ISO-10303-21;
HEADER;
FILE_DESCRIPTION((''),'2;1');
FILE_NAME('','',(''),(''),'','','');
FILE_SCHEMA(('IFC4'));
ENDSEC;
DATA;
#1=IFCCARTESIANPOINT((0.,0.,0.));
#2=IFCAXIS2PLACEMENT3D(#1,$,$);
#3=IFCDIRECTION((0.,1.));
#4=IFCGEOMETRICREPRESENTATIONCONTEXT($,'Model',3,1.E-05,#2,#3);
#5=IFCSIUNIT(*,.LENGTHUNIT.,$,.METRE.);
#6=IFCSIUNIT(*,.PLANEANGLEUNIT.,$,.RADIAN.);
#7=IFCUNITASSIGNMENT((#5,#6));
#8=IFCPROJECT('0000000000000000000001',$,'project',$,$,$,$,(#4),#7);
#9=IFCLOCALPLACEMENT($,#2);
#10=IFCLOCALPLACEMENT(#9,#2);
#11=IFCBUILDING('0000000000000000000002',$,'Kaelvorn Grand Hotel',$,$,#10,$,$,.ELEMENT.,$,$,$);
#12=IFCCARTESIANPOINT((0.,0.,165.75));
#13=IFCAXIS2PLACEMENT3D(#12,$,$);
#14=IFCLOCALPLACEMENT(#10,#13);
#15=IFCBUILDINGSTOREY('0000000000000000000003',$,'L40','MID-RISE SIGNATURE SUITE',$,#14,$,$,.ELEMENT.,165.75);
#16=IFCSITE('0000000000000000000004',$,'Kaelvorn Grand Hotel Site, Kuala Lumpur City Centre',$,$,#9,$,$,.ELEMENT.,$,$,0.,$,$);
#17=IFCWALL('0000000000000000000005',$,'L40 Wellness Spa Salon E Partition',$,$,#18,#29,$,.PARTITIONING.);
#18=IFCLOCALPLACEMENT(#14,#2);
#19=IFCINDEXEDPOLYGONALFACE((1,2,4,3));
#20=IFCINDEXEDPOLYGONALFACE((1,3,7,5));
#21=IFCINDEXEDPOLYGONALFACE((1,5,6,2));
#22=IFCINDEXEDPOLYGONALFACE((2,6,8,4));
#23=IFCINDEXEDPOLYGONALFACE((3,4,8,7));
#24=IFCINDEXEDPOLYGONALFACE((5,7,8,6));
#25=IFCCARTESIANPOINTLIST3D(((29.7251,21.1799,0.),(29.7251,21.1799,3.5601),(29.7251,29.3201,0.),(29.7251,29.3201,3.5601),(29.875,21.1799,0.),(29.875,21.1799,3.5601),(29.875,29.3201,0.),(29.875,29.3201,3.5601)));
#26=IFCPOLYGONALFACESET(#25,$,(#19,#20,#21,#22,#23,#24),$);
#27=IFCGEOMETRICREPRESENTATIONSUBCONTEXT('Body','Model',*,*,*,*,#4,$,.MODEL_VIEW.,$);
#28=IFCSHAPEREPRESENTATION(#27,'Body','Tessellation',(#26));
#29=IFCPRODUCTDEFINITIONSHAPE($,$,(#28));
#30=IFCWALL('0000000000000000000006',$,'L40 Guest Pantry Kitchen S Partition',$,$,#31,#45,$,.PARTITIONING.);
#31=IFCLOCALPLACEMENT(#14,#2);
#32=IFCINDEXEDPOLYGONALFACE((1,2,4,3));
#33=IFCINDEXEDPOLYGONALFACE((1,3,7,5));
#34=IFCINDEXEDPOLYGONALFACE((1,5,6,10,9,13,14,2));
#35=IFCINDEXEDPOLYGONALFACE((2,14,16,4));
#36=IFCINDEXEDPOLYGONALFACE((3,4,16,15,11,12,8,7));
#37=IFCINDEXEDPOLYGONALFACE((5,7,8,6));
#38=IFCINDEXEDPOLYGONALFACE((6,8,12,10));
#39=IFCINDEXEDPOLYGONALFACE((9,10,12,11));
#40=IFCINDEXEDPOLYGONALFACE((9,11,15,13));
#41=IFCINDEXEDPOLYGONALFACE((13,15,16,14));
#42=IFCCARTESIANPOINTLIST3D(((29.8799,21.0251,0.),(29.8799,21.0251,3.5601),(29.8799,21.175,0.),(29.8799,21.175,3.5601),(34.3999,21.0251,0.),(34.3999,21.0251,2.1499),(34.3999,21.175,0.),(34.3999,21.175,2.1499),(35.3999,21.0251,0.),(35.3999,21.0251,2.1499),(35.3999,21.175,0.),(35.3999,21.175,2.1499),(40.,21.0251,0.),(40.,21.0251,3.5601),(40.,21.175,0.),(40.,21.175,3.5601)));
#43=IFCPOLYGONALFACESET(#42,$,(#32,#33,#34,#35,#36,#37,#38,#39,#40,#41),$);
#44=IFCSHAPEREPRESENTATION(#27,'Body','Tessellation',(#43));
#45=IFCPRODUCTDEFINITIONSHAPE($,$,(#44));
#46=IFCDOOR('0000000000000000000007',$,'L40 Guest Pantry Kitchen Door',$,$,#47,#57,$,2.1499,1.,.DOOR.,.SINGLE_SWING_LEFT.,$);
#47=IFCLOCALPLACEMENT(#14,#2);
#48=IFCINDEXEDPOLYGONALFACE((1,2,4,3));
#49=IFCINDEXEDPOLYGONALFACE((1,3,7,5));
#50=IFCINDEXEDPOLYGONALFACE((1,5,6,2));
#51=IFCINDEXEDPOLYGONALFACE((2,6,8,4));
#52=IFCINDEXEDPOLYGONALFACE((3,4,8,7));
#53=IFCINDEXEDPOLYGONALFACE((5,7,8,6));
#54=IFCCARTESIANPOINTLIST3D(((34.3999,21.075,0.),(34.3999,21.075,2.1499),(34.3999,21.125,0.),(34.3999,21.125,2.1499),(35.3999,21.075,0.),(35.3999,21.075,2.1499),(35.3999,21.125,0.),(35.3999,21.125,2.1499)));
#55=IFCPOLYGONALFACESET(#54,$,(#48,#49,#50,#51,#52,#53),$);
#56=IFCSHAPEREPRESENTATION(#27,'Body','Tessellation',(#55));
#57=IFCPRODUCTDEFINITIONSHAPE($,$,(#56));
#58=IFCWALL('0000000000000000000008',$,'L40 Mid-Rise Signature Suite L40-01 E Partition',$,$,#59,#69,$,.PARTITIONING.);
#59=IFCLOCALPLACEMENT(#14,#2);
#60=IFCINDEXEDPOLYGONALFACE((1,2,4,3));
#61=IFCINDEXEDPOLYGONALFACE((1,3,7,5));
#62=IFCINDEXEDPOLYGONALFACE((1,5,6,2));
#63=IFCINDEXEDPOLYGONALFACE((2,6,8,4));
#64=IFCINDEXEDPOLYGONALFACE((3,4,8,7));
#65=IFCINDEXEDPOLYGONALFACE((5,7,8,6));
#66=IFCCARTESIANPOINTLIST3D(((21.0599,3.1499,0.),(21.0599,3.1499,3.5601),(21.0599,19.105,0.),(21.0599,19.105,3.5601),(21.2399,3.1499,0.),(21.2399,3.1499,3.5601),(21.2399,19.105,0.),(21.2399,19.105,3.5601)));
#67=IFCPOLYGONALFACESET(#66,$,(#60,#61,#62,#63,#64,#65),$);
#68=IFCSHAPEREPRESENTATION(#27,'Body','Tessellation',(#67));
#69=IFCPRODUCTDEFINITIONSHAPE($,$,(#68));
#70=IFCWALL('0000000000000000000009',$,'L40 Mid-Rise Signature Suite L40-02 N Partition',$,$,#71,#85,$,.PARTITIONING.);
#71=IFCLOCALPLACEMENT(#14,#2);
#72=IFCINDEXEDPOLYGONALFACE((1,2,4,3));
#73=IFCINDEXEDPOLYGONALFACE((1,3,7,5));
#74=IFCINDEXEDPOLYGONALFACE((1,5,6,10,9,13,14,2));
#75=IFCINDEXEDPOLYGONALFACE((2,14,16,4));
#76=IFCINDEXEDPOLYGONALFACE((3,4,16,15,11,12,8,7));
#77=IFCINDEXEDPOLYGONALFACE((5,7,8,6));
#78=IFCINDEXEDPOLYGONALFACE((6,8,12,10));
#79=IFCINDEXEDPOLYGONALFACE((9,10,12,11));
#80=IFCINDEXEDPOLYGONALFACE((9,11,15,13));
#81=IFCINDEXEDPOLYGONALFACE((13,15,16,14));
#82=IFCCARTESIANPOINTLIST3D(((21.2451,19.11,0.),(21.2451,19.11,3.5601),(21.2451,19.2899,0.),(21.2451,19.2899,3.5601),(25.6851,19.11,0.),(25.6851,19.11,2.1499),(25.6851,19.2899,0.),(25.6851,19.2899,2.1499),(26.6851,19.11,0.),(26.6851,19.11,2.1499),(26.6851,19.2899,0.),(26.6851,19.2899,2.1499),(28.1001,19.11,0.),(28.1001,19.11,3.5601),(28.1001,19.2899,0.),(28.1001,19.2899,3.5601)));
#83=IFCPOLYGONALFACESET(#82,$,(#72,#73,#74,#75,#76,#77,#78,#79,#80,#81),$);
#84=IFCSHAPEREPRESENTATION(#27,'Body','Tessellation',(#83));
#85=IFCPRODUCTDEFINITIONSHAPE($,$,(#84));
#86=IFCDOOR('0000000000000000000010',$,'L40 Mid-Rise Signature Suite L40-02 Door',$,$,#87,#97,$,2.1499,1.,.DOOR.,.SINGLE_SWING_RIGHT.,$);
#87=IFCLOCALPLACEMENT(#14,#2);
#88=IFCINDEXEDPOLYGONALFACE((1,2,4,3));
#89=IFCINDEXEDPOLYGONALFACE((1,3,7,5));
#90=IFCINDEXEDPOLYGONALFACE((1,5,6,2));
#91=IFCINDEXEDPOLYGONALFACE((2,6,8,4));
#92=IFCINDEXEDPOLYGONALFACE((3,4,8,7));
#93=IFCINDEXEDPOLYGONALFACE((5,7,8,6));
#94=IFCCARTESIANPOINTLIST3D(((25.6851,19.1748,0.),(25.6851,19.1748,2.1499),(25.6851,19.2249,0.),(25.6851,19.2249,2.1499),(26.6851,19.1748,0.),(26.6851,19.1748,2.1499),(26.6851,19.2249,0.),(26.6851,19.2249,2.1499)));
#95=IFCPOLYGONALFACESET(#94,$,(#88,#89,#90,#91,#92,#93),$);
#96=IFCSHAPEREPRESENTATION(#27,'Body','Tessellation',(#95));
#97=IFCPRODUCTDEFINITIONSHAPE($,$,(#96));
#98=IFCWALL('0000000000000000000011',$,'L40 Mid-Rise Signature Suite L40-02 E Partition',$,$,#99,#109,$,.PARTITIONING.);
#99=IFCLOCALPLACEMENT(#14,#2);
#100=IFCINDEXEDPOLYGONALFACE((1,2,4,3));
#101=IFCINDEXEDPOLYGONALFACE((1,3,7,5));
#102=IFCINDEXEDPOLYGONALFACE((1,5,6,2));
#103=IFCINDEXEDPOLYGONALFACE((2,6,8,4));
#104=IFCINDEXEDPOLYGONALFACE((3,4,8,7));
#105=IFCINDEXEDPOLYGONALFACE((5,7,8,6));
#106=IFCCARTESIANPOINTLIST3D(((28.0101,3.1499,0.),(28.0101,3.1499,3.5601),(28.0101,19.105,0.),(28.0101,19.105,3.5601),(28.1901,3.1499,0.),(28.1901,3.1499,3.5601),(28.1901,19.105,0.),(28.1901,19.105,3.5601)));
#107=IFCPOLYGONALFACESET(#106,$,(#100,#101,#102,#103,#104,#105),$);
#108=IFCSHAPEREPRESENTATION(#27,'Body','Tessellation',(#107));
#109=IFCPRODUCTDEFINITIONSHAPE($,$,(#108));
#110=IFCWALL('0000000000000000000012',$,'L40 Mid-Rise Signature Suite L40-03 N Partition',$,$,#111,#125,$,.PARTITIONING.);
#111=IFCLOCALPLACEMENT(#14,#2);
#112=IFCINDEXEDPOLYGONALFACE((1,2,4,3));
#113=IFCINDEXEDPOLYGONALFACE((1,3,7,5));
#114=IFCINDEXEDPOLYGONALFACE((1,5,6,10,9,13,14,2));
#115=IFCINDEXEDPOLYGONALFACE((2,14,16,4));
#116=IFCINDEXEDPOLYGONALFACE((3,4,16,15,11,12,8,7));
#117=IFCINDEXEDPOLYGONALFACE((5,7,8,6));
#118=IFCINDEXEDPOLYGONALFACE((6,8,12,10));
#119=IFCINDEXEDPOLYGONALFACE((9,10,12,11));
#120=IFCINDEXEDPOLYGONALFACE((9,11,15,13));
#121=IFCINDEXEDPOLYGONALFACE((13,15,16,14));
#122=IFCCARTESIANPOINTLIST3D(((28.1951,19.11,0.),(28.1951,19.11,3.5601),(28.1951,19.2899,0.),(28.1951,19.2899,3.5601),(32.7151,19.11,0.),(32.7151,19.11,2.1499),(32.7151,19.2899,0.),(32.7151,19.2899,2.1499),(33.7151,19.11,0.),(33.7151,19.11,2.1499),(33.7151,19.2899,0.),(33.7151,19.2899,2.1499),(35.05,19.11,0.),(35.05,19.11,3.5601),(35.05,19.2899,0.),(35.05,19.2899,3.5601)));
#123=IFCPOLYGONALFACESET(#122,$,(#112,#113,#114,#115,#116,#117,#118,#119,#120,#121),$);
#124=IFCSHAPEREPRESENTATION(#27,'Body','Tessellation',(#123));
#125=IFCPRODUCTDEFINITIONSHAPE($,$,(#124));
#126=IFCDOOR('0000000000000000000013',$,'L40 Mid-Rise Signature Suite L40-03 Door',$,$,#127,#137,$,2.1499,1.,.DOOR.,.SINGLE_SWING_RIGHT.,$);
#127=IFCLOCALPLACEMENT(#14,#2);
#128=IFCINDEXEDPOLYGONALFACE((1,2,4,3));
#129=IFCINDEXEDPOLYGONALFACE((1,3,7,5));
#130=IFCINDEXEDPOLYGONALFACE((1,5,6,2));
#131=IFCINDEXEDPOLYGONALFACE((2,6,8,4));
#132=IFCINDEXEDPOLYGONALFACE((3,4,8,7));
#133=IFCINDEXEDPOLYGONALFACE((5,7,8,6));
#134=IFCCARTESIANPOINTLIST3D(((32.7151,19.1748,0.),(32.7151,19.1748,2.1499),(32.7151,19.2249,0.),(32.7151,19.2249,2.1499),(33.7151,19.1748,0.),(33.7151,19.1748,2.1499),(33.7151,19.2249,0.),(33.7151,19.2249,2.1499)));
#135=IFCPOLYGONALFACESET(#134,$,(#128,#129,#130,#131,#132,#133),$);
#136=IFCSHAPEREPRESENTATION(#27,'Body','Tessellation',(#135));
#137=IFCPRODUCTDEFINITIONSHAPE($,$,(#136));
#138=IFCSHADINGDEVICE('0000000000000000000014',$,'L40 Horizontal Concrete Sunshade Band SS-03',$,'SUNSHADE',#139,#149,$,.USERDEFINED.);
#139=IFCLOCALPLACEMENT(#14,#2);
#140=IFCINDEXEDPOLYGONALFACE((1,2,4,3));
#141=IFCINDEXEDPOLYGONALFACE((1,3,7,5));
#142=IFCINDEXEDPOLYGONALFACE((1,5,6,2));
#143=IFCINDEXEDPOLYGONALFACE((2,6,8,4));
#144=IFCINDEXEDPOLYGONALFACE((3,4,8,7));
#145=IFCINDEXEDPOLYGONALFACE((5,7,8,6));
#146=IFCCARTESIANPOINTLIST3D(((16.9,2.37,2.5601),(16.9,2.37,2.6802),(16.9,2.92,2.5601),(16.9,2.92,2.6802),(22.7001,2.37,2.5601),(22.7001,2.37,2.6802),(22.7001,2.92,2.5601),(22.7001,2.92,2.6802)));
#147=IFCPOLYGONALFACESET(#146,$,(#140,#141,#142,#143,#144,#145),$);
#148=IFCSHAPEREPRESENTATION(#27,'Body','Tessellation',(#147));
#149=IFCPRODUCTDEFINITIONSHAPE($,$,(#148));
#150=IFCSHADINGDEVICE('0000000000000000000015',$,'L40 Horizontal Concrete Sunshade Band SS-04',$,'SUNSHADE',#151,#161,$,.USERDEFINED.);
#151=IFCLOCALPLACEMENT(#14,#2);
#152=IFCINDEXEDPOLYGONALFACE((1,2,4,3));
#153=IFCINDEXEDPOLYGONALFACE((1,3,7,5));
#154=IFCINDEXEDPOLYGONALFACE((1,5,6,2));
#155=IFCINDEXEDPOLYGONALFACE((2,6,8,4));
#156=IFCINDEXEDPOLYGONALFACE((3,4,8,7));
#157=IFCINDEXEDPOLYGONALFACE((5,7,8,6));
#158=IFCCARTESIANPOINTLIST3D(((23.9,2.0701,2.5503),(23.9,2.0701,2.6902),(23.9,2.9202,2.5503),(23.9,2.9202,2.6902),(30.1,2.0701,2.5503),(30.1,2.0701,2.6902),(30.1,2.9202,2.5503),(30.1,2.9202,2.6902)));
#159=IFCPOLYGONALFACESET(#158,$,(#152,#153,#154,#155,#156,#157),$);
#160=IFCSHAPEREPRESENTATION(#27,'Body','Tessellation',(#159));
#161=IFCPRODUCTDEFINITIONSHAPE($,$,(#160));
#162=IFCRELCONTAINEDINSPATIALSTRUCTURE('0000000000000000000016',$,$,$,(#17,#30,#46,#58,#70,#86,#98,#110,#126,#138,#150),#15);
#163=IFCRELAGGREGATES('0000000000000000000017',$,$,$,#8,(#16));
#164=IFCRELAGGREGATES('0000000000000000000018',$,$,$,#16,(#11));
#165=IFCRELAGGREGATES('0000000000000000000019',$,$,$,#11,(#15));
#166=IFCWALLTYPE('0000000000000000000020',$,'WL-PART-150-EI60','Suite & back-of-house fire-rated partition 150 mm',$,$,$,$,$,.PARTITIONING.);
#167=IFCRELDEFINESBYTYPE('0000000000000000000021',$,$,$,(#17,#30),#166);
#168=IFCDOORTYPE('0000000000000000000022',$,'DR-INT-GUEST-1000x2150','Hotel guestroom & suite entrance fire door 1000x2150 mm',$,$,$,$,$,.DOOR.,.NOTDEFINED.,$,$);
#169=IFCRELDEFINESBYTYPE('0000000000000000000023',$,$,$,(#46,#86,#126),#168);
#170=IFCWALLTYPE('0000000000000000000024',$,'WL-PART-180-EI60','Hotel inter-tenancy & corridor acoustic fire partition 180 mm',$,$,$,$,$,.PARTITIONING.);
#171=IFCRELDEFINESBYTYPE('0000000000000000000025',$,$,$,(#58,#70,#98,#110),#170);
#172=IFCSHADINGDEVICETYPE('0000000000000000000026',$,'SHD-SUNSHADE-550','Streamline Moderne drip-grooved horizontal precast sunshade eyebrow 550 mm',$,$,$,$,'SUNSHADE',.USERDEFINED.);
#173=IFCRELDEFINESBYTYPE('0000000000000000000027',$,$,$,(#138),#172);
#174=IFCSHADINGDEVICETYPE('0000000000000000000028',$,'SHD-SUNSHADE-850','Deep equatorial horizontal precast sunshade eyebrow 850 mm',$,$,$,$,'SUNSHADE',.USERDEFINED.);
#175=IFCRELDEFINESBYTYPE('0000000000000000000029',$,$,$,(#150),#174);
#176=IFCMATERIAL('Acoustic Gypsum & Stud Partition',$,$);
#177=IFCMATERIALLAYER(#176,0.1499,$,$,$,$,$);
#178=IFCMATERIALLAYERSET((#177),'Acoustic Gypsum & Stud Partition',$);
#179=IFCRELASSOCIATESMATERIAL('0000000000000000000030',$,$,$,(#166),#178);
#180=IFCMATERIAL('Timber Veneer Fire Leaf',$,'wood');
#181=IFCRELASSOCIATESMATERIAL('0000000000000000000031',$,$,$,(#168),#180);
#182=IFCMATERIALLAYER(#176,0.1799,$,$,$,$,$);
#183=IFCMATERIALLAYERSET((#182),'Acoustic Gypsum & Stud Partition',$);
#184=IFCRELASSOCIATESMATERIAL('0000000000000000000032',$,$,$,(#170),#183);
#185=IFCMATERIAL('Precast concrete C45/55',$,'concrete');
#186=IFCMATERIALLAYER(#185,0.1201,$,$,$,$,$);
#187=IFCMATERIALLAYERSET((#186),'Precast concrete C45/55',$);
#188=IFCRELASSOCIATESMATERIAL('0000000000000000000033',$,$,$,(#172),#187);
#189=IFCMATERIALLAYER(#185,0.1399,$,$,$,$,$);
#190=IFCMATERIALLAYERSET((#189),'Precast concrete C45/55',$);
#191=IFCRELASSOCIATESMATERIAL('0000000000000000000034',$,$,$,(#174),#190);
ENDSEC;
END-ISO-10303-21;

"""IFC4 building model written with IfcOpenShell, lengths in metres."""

from ifc_helpers import new_model, si_unit, direction, frame, frame_2d, origin, origin_2d, place, context, subcontext, project, spatial, rectangle, extrude, material, layer, layer_set, type_object, element, fill, save


model = new_model("IFC4")

# Units and contexts
model_context = context("Model", 3, precision=1e-05, world=origin(), true_north=direction((0.0, 1.0)))
body_context = subcontext(model_context, "Body", "Model", "MODEL_VIEW")
ifc_project = project(units=[si_unit("LENGTHUNIT", "METRE"), si_unit("PLANEANGLEUNIT", "RADIAN")], contexts=[model_context])

# Site, building, storey
site_placement = place(None, origin())
site = spatial("IfcSite", under=ifc_project, at=site_placement, Name="Kaelvorn Grand Hotel Site, Kuala Lumpur City Centre", CompositionType="ELEMENT", RefElevation=0.0)
building_placement = place(site_placement, origin())
building = spatial("IfcBuilding", under=site, at=building_placement, Name="Kaelvorn Grand Hotel", CompositionType="ELEMENT")
storey_placement = place(building_placement, frame((0.0, 0.0, 165.75)))
storey = spatial("IfcBuildingStorey", under=building, at=storey_placement, Name="L40", Description="MID-RISE SIGNATURE SUITE", CompositionType="ELEMENT", Elevation=165.75)

# Wall
ifc_material_1 = material(Name="Acoustic Gypsum & Stud Partition")
ifc_layer_1 = layer(ifc_material_1, 0.1499)
ifc_layer_set_1 = layer_set([ifc_layer_1], Name="Acoustic Gypsum & Stud Partition")
wall_type_1 = type_object("IfcWallType", Name="WL-PART-150-EI60", Description="Suite & back-of-house fire-rated partition 150 mm", PredefinedType="PARTITIONING", material=ifc_layer_set_1)
wall_1_placement = place(storey_placement, frame((29.8, 21.1799, 0.0), z_axis=(0.0, 0.0, 1.0), x_axis=(0.0, 1.0, 0.0)))
element("IfcWall", 1, at=wall_1_placement, inside=storey, type_object=wall_type_1, Name="L40 Wellness Spa Salon E Partition", PredefinedType="PARTITIONING", context=body_context, shape_type="SweptSolid", body=[
    extrude(rectangle(XDim=8.1401, YDim=0.1499, at=frame_2d((4.0701, 0.0))), origin(), (0.0, 0.0, 1.0), 3.5601),
])

# Wall, opening, door
wall_2_placement = place(storey_placement, frame((29.8799, 21.1001, 0.0), z_axis=(0.0, 0.0, 1.0), x_axis=(1.0, 0.0, 0.0)))
wall_2 = element("IfcWall", 2, at=wall_2_placement, inside=storey, type_object=wall_type_1, Name="L40 Guest Pantry Kitchen S Partition", PredefinedType="PARTITIONING", context=body_context, shape_type="SweptSolid", body=[
    extrude(rectangle(XDim=10.1201, YDim=0.1499, at=frame_2d((5.0601, 0.0))), origin(), (0.0, 0.0, 1.0), 3.5601),
])
opening_1_placement = place(wall_2_placement, frame((4.52, 0.0, 0.0)))
opening_1 = element("IfcOpeningElement", 3, at=opening_1_placement, cuts=wall_2, PredefinedType="OPENING", context=body_context, shape_type="SweptSolid", body=[
    extrude(rectangle(XDim=1.0, YDim=2.1499, at=frame_2d((0.5, 1.075))), frame((0.0, 0.085, 0.0), z_axis=(0.0, -1.0, 0.0), x_axis=(1.0, 0.0, 0.0)), (0.0, 0.0, 1.0), 0.1699),
])
ifc_material_2 = material(Name="Timber Veneer Fire Leaf", Category="wood")
door_type_1 = type_object("IfcDoorType", Name="DR-INT-GUEST-1000x2150", Description="Hotel guestroom & suite entrance fire door 1000x2150 mm", OperationType="NOTDEFINED", PredefinedType="DOOR", material=ifc_material_2)
door_1_placement = place(opening_1_placement, origin())
door_1 = element("IfcDoor", 4, at=door_1_placement, inside=storey, type_object=door_type_1, Name="L40 Guest Pantry Kitchen Door", OperationType="SINGLE_SWING_LEFT", OverallHeight=2.1499, OverallWidth=1.0, PredefinedType="DOOR", context=body_context, shape_type="SweptSolid", body=[
    extrude(rectangle(XDim=1.0, YDim=2.1499, at=frame_2d((0.5, 1.075))), frame((0.0, 0.0249, 0.0), z_axis=(0.0, -1.0, 0.0), x_axis=(1.0, 0.0, 0.0)), (0.0, 0.0, 1.0), 0.05),
])
fill(opening_1, door_1)

# Wall
ifc_layer_2 = layer(ifc_material_1, 0.1799)
ifc_layer_set_2 = layer_set([ifc_layer_2], Name="Acoustic Gypsum & Stud Partition")
wall_type_2 = type_object("IfcWallType", Name="WL-PART-180-EI60", Description="Hotel inter-tenancy & corridor acoustic fire partition 180 mm", PredefinedType="PARTITIONING", material=ifc_layer_set_2)
wall_3_placement = place(storey_placement, frame((21.1499, 3.1499, 0.0), z_axis=(0.0, 0.0, 1.0), x_axis=(0.0, 1.0, 0.0)))
element("IfcWall", 5, at=wall_3_placement, inside=storey, type_object=wall_type_2, Name="L40 Mid-Rise Signature Suite L40-01 E Partition", PredefinedType="PARTITIONING", context=body_context, shape_type="SweptSolid", body=[
    extrude(rectangle(XDim=15.9551, YDim=0.1799, at=frame_2d((7.9775, 0.0))), origin(), (0.0, 0.0, 1.0), 3.5601),
])

# Wall, opening, door
wall_4_placement = place(storey_placement, frame((21.2451, 19.2, 0.0), z_axis=(0.0, 0.0, 1.0), x_axis=(1.0, 0.0, 0.0)))
wall_4 = element("IfcWall", 6, at=wall_4_placement, inside=storey, type_object=wall_type_2, Name="L40 Mid-Rise Signature Suite L40-02 N Partition", PredefinedType="PARTITIONING", context=body_context, shape_type="SweptSolid", body=[
    extrude(rectangle(XDim=6.855, YDim=0.1799, at=frame_2d((3.4275, 0.0))), origin(), (0.0, 0.0, 1.0), 3.5601),
])
opening_2_placement = place(wall_4_placement, frame((4.4399, 0.0, 0.0)))
opening_2 = element("IfcOpeningElement", 7, at=opening_2_placement, cuts=wall_4, PredefinedType="OPENING", context=body_context, shape_type="SweptSolid", body=[
    extrude(rectangle(XDim=1.0, YDim=2.1499, at=frame_2d((0.5, 1.075))), frame((0.0, 0.1001, 0.0), z_axis=(0.0, -1.0, 0.0), x_axis=(1.0, 0.0, 0.0)), (0.0, 0.0, 1.0), 0.2),
])
door_2_placement = place(opening_2_placement, origin())
door_2 = element("IfcDoor", 8, at=door_2_placement, inside=storey, type_object=door_type_1, Name="L40 Mid-Rise Signature Suite L40-02 Door", OperationType="SINGLE_SWING_RIGHT", OverallHeight=2.1499, OverallWidth=1.0, PredefinedType="DOOR", context=body_context, shape_type="SweptSolid", body=[
    extrude(rectangle(XDim=1.0, YDim=2.1499, at=frame_2d((0.5, 1.075))), frame((0.0, 0.0249, 0.0), z_axis=(0.0, -1.0, 0.0), x_axis=(1.0, 0.0, 0.0)), (0.0, 0.0, 1.0), 0.05),
])
fill(opening_2, door_2)

# Wall
wall_5_placement = place(storey_placement, frame((28.1001, 3.1499, 0.0), z_axis=(0.0, 0.0, 1.0), x_axis=(0.0, 1.0, 0.0)))
element("IfcWall", 9, at=wall_5_placement, inside=storey, type_object=wall_type_2, Name="L40 Mid-Rise Signature Suite L40-02 E Partition", PredefinedType="PARTITIONING", context=body_context, shape_type="SweptSolid", body=[
    extrude(rectangle(XDim=15.9551, YDim=0.1799, at=frame_2d((7.9775, 0.0))), origin(), (0.0, 0.0, 1.0), 3.5601),
])

# Wall, opening, door
wall_6_placement = place(storey_placement, frame((28.1951, 19.2, 0.0), z_axis=(0.0, 0.0, 1.0), x_axis=(1.0, 0.0, 0.0)))
wall_6 = element("IfcWall", 10, at=wall_6_placement, inside=storey, type_object=wall_type_2, Name="L40 Mid-Rise Signature Suite L40-03 N Partition", PredefinedType="PARTITIONING", context=body_context, shape_type="SweptSolid", body=[
    extrude(rectangle(XDim=6.855, YDim=0.1799, at=frame_2d((3.4275, 0.0))), origin(), (0.0, 0.0, 1.0), 3.5601),
])
opening_3_placement = place(wall_6_placement, frame((4.52, 0.0, 0.0)))
opening_3 = element("IfcOpeningElement", 11, at=opening_3_placement, cuts=wall_6, PredefinedType="OPENING", context=body_context, shape_type="SweptSolid", body=[
    extrude(rectangle(XDim=1.0, YDim=2.1499, at=frame_2d((0.5, 1.075))), frame((0.0, 0.1001, 0.0), z_axis=(0.0, -1.0, 0.0), x_axis=(1.0, 0.0, 0.0)), (0.0, 0.0, 1.0), 0.2),
])
door_3_placement = place(opening_3_placement, origin())
door_3 = element("IfcDoor", 12, at=door_3_placement, inside=storey, type_object=door_type_1, Name="L40 Mid-Rise Signature Suite L40-03 Door", OperationType="SINGLE_SWING_RIGHT", OverallHeight=2.1499, OverallWidth=1.0, PredefinedType="DOOR", context=body_context, shape_type="SweptSolid", body=[
    extrude(rectangle(XDim=1.0, YDim=2.1499, at=frame_2d((0.5, 1.075))), frame((0.0, 0.0249, 0.0), z_axis=(0.0, -1.0, 0.0), x_axis=(1.0, 0.0, 0.0)), (0.0, 0.0, 1.0), 0.05),
])
fill(opening_3, door_3)

# Shading devices
ifc_material_3 = material(Name="Precast concrete C45/55", Category="concrete")
ifc_layer_3 = layer(ifc_material_3, 0.1201)
ifc_layer_set_3 = layer_set([ifc_layer_3], Name="Precast concrete C45/55")
shading_device_type_1 = type_object("IfcShadingDeviceType", Name="SHD-SUNSHADE-550", Description="Streamline Moderne drip-grooved horizontal precast sunshade eyebrow 550 mm", ElementType="SUNSHADE", PredefinedType="USERDEFINED", material=ifc_layer_set_3)
shading_device_1_placement = place(storey_placement, frame((19.8, 2.645, 2.5601), z_axis=(0.0, 0.0, 1.0), x_axis=(1.0, 0.0, 0.0)))
element("IfcShadingDevice", 13, at=shading_device_1_placement, inside=storey, type_object=shading_device_type_1, Name="L40 Horizontal Concrete Sunshade Band SS-03", ObjectType="SUNSHADE", PredefinedType="USERDEFINED", context=body_context, shape_type="SweptSolid", body=[
    extrude(rectangle(XDim=5.8, YDim=0.55, at=origin_2d()), origin(), (0.0, 0.0, 1.0), 0.1201),
])
ifc_layer_4 = layer(ifc_material_3, 0.1399)
ifc_layer_set_4 = layer_set([ifc_layer_4], Name="Precast concrete C45/55")
shading_device_type_2 = type_object("IfcShadingDeviceType", Name="SHD-SUNSHADE-850", Description="Deep equatorial horizontal precast sunshade eyebrow 850 mm", ElementType="SUNSHADE", PredefinedType="USERDEFINED", material=ifc_layer_set_4)
shading_device_2_placement = place(storey_placement, frame((27.0, 2.4951, 2.5503), z_axis=(0.0, 0.0, 1.0), x_axis=(1.0, 0.0, 0.0)))
element("IfcShadingDevice", 14, at=shading_device_2_placement, inside=storey, type_object=shading_device_type_2, Name="L40 Horizontal Concrete Sunshade Band SS-04", ObjectType="SUNSHADE", PredefinedType="USERDEFINED", context=body_context, shape_type="SweptSolid", body=[
    extrude(rectangle(XDim=6.2, YDim=0.8501, at=origin_2d()), origin(), (0.0, 0.0, 1.0), 0.1399),
])

save(model, "model.ifc")
